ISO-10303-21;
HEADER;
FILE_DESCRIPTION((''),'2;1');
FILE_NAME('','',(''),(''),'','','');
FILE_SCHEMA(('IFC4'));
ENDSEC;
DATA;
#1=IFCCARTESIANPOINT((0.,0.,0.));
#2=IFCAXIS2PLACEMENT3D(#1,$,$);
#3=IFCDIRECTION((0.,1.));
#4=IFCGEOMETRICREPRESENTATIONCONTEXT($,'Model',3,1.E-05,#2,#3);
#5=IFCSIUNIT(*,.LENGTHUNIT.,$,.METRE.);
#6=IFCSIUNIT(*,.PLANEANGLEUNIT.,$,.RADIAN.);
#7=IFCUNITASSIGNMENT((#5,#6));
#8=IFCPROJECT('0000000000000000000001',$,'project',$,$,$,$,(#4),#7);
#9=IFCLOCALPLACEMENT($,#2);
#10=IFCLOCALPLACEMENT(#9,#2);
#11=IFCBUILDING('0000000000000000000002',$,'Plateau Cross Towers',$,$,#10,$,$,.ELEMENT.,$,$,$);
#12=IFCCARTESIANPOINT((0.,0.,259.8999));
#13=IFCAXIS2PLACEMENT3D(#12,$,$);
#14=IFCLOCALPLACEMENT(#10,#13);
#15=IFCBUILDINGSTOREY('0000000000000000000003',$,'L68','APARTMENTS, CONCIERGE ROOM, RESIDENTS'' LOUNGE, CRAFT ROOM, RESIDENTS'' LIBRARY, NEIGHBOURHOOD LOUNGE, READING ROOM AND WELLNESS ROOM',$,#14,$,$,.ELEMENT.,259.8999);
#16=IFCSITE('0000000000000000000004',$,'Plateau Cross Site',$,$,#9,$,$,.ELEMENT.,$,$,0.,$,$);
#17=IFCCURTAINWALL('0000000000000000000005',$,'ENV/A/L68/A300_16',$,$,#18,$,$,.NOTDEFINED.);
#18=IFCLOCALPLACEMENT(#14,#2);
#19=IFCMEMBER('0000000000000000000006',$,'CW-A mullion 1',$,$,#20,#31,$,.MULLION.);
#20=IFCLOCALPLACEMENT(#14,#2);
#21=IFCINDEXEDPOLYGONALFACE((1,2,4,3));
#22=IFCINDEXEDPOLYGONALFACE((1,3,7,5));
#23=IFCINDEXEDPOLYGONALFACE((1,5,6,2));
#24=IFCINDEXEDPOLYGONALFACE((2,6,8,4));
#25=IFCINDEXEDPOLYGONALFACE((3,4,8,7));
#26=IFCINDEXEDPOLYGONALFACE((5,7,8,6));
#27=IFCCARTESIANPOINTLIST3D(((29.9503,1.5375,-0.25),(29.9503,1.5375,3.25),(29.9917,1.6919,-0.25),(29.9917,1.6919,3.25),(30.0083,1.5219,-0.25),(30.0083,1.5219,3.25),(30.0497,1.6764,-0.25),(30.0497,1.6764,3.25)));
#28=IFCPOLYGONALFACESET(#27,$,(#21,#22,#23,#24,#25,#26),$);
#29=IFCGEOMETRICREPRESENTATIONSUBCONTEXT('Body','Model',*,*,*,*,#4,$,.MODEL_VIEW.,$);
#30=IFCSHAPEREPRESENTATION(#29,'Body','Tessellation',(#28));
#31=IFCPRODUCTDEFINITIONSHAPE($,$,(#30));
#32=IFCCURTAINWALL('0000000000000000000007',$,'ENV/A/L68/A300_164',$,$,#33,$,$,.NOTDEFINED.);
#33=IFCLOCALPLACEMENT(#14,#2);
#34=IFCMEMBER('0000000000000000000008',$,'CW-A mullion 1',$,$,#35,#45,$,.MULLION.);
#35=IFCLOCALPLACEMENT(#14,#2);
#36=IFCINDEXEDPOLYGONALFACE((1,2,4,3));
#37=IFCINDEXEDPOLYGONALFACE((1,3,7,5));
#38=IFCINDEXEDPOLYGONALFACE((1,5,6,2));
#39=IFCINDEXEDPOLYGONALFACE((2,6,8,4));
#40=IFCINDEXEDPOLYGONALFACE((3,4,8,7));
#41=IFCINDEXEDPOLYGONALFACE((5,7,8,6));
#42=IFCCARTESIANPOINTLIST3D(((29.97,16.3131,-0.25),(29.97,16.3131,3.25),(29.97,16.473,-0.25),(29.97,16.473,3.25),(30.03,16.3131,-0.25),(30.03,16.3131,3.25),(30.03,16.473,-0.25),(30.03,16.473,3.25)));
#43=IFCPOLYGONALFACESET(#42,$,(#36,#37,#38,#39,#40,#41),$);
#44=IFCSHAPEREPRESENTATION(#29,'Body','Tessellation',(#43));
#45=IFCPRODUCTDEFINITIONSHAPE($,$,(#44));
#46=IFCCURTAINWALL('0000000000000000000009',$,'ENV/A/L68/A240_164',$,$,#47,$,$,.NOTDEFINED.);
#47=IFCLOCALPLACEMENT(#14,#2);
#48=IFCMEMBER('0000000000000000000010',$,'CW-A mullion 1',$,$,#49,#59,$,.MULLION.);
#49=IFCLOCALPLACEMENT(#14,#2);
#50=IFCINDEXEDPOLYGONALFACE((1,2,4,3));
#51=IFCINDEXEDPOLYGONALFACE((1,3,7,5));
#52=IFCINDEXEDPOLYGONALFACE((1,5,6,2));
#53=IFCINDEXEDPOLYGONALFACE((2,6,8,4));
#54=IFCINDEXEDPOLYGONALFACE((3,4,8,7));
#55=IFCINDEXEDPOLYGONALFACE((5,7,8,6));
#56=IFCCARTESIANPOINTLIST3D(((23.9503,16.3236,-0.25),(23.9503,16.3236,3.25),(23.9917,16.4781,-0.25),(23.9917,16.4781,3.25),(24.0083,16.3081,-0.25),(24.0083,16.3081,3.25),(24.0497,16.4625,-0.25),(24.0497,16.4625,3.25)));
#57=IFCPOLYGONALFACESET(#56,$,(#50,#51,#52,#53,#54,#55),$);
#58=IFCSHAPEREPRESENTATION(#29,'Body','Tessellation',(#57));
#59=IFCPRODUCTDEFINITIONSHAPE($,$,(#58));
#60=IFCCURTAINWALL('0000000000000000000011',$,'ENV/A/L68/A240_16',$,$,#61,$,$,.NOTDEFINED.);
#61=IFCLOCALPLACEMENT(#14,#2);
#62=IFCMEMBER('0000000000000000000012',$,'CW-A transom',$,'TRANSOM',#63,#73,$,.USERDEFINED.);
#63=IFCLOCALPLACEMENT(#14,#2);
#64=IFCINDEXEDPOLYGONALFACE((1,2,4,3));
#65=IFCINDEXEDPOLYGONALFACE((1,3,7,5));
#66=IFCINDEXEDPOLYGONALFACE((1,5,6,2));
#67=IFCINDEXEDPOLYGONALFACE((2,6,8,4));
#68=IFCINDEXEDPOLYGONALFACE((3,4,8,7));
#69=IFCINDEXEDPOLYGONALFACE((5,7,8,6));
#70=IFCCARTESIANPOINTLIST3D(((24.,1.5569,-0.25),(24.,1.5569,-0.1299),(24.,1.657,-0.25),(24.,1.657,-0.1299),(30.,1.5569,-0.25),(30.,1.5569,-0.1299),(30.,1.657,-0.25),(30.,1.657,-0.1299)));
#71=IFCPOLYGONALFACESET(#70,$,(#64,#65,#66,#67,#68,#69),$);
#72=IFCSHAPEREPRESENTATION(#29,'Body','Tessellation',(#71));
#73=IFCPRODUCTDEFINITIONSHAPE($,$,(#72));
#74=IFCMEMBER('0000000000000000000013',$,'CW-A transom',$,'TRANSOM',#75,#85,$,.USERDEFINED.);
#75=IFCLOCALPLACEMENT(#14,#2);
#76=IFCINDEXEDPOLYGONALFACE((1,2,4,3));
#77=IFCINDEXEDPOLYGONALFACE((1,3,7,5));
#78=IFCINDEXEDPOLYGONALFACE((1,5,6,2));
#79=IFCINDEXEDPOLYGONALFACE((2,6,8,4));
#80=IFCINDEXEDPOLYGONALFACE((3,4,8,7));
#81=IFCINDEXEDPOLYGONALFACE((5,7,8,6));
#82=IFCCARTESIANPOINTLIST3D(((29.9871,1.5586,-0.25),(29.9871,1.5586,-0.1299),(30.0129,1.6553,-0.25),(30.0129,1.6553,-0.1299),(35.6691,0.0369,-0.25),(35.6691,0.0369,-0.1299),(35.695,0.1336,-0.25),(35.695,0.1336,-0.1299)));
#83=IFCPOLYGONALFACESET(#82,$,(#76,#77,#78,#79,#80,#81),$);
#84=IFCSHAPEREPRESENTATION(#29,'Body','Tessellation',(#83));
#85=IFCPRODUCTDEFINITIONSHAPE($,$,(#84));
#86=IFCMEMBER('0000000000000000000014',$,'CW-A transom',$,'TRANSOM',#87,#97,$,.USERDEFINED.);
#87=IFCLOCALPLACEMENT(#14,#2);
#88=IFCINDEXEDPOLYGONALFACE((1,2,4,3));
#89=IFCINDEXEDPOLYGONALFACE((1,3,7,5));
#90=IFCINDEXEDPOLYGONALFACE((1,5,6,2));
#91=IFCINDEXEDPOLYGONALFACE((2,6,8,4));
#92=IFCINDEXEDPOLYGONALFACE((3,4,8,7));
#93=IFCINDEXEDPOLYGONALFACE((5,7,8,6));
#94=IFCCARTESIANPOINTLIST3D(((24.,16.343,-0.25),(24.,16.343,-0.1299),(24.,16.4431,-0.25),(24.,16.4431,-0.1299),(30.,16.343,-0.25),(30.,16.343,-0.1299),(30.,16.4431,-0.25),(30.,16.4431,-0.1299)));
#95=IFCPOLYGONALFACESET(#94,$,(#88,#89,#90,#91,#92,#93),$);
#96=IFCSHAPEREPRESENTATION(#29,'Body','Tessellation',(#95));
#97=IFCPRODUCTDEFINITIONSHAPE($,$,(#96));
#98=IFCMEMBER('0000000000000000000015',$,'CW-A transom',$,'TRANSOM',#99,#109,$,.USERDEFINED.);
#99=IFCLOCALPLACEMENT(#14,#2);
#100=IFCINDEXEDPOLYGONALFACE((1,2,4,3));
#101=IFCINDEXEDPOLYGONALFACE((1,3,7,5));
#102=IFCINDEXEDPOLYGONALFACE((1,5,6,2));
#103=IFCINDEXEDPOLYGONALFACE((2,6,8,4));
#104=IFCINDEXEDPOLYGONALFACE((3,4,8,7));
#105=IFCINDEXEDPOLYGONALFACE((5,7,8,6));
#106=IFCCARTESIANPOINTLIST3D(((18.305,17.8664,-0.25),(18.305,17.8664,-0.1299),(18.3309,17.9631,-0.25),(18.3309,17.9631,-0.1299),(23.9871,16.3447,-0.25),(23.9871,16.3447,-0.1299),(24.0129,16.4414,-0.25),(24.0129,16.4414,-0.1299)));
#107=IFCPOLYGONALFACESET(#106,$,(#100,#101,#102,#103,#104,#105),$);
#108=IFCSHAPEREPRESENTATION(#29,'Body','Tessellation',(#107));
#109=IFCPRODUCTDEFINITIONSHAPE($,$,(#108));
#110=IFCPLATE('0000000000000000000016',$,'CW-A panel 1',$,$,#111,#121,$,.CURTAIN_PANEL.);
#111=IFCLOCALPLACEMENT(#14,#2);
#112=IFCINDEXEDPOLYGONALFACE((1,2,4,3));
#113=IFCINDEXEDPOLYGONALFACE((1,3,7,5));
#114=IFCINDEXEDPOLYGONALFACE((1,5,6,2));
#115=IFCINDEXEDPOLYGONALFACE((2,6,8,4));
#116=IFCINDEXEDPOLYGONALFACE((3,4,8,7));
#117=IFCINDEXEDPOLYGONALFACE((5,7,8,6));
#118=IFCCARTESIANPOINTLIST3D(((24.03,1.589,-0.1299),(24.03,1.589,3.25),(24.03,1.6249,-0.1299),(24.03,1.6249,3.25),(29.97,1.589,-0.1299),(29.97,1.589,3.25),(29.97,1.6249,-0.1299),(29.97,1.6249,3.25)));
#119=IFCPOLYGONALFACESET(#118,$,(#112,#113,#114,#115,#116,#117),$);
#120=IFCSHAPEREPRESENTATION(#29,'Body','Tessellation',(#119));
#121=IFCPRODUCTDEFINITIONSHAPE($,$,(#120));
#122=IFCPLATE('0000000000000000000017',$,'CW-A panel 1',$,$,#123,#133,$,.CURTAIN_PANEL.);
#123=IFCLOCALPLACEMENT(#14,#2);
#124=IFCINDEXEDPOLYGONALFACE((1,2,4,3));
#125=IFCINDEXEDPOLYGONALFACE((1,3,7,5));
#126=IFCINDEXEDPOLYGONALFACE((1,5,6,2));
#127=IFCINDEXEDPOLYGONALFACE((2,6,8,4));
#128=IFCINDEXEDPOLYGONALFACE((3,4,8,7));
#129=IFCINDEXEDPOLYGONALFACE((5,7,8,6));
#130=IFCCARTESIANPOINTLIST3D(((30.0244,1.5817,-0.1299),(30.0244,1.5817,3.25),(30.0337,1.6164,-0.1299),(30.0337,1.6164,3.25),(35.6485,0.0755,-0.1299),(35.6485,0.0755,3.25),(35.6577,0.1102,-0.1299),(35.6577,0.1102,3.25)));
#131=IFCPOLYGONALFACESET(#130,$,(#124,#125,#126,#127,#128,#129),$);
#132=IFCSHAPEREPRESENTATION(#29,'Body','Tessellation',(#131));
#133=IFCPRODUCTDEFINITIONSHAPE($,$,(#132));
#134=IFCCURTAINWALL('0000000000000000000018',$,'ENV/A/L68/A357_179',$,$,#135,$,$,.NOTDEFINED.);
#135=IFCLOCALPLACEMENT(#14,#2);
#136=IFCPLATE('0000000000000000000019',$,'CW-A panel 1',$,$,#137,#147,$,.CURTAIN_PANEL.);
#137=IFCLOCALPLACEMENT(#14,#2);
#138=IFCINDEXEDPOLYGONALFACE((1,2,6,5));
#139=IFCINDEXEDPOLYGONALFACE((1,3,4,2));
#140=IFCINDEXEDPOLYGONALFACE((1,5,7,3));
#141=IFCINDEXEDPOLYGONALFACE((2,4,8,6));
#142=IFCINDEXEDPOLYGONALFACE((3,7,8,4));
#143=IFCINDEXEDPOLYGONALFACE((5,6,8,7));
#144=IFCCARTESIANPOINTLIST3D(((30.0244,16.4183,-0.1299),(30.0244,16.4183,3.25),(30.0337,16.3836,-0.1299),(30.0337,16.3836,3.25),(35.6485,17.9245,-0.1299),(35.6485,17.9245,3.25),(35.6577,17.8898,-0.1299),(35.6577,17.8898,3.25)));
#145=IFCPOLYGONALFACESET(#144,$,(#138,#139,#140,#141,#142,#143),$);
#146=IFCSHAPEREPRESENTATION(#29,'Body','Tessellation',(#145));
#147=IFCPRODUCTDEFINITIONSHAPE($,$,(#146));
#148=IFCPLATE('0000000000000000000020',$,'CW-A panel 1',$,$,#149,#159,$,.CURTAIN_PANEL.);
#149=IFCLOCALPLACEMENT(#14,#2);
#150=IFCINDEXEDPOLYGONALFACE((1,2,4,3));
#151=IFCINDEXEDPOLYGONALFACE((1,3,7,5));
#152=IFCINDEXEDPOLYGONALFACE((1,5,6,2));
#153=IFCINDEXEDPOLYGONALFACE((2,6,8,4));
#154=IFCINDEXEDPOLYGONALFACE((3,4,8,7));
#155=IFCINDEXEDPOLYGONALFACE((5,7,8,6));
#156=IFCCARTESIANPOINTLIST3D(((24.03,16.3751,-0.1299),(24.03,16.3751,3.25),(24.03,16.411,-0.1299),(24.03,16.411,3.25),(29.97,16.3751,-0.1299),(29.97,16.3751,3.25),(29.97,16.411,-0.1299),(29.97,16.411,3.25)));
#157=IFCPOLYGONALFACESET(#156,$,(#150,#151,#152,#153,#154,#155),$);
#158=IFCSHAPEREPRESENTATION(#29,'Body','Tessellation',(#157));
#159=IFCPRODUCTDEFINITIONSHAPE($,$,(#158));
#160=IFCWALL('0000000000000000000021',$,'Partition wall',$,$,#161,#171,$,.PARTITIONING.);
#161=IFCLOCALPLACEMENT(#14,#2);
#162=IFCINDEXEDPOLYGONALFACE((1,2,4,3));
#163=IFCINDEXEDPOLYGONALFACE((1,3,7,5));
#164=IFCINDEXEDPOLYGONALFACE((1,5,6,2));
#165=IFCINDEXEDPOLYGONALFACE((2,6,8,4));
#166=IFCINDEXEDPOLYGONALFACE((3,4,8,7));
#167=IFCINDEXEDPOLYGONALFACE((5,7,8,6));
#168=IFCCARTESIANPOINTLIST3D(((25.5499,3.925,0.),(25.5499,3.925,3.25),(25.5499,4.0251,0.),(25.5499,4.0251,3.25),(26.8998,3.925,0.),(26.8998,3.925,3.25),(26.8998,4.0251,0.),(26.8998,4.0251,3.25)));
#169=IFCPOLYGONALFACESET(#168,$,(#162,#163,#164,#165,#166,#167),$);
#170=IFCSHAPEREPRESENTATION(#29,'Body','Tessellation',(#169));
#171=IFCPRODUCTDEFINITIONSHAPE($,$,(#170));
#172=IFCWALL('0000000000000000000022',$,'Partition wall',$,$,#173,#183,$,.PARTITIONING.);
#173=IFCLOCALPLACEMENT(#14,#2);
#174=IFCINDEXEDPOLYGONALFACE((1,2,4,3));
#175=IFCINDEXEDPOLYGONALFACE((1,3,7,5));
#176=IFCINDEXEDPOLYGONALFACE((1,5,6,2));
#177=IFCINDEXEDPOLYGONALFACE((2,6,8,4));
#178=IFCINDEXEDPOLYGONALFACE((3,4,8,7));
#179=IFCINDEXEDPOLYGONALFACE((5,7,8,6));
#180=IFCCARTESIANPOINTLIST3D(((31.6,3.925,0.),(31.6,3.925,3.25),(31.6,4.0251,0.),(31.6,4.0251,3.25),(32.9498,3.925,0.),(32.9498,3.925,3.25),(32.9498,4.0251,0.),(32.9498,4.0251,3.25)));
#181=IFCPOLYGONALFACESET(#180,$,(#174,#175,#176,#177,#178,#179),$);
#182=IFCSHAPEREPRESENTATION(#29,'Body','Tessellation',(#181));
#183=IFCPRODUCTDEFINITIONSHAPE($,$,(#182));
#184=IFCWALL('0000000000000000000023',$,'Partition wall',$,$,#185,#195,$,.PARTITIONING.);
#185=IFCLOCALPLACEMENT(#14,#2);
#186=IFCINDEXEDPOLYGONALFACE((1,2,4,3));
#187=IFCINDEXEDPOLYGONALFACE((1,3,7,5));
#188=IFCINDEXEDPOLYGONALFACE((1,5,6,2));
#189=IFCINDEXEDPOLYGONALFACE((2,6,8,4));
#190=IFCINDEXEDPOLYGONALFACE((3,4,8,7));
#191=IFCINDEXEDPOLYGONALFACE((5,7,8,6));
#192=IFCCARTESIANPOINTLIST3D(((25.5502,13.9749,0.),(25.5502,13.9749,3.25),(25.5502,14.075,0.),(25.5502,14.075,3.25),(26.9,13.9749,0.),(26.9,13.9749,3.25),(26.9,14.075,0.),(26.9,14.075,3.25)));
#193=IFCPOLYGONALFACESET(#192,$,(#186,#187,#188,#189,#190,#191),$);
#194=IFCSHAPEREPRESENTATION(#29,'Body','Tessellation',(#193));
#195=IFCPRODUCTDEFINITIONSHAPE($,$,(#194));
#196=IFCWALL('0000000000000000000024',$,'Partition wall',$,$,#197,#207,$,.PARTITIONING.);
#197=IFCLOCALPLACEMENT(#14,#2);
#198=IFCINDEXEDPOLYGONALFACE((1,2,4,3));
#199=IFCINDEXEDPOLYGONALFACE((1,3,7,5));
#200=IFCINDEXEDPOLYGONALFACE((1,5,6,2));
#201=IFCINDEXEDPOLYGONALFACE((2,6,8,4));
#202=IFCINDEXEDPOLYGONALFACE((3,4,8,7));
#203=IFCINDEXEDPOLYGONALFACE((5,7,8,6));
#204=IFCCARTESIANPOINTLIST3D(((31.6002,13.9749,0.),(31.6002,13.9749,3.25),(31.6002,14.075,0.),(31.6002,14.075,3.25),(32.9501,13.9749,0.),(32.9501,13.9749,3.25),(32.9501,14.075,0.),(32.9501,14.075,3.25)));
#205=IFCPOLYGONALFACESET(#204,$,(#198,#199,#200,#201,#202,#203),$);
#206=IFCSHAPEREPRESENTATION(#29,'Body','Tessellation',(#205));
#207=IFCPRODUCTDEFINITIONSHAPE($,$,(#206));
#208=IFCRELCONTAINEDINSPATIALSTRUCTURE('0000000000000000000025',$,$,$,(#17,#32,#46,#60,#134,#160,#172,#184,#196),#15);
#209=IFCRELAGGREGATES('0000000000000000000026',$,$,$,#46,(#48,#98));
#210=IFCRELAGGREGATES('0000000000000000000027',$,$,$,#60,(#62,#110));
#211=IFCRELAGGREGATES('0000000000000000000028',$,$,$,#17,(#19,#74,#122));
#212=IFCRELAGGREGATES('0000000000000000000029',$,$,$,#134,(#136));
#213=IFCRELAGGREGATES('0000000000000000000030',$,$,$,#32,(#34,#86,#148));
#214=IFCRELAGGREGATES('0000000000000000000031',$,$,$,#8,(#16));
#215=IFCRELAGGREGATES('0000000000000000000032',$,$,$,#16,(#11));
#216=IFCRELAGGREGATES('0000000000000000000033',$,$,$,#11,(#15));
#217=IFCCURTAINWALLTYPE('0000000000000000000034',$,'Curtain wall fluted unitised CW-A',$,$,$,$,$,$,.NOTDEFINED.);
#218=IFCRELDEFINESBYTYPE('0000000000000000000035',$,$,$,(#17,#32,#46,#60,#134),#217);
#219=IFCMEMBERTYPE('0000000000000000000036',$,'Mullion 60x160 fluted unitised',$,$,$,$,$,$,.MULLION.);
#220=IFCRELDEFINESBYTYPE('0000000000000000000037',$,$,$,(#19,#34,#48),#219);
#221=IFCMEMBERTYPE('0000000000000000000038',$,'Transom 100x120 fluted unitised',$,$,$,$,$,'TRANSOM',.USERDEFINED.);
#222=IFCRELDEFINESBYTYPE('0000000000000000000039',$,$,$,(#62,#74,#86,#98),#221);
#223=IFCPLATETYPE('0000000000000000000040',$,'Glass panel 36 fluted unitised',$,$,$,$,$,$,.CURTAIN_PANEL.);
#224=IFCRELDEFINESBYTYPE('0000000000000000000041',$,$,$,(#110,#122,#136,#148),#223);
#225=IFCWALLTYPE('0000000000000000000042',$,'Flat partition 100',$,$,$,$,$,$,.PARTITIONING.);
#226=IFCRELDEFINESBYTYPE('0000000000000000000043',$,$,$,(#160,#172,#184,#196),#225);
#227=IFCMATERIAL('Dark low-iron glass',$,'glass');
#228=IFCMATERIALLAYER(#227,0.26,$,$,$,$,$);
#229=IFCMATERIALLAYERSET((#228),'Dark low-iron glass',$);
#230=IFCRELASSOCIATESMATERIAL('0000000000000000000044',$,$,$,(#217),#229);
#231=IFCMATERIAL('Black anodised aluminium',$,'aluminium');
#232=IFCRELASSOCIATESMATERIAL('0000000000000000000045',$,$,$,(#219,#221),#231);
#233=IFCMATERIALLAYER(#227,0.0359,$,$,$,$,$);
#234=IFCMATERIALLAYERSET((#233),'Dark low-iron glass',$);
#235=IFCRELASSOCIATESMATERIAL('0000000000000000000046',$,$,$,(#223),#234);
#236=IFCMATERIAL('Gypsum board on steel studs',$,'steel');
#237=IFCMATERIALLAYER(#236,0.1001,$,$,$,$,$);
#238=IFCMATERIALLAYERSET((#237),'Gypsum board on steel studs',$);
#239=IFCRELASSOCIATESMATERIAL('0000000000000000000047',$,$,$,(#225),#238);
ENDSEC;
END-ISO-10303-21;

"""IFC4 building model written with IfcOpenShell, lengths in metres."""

from ifc_helpers import new_model, si_unit, direction, frame, frame_2d, origin, origin_2d, place, context, subcontext, project, spatial, rectangle, extrude, material, layer, layer_set, material_profile, profile_set, type_object, element, aggregate, save


model = new_model("IFC4")

# Units and contexts
model_context = context("Model", 3, precision=1e-05, world=origin(), true_north=direction((0.0, 1.0)))
body_context = subcontext(model_context, "Body", "Model", "MODEL_VIEW")
ifc_project = project(units=[si_unit("LENGTHUNIT", "METRE"), si_unit("PLANEANGLEUNIT", "RADIAN")], contexts=[model_context])

# Site, building, storey
site_placement = place(None, origin())
site = spatial("IfcSite", under=ifc_project, at=site_placement, Name="Plateau Cross Site", CompositionType="ELEMENT", RefElevation=0.0)
building_placement = place(site_placement, origin())
building = spatial("IfcBuilding", under=site, at=building_placement, Name="Plateau Cross Towers", CompositionType="ELEMENT")
storey_placement = place(building_placement, frame((0.0, 0.0, 259.8999)))
storey = spatial("IfcBuildingStorey", under=building, at=storey_placement, Name="L68", Description="APARTMENTS, CONCIERGE ROOM, RESIDENTS' LOUNGE, CRAFT ROOM, RESIDENTS' LIBRARY, NEIGHBOURHOOD LOUNGE, READING ROOM AND WELLNESS ROOM", CompositionType="ELEMENT", Elevation=259.8999)

# Curtain walls, members
ifc_material_1 = material(Name="Dark low-iron glass", Category="glass")
ifc_layer_1 = layer(ifc_material_1, 0.26)
ifc_layer_set_1 = layer_set([ifc_layer_1], Name="Dark low-iron glass")
curtain_wall_type = type_object("IfcCurtainWallType", Name="Curtain wall fluted unitised CW-A", PredefinedType="NOTDEFINED", material=ifc_layer_set_1)
curtain_wall_1_placement = place(storey_placement, origin())
curtain_wall_1 = element("IfcCurtainWall", 1, at=curtain_wall_1_placement, inside=storey, type_object=curtain_wall_type, Name="ENV/A/L68/A300_16", PredefinedType="NOTDEFINED")
ifc_material_2 = material(Name="Black anodised aluminium", Category="aluminium")
ifc_material_profile_1 = material_profile(ifc_material_2, rectangle(XDim=0.0601, YDim=0.1599, at=origin_2d()), Name="MULLION 60x160")
ifc_profile_set_1 = profile_set([ifc_material_profile_1], Name="Black anodised aluminium")
member_type_1 = type_object("IfcMemberType", Name="Mullion 60x160 fluted unitised", PredefinedType="MULLION", material=ifc_profile_set_1)
member_1_placement = place(storey_placement, frame((30.0, 1.6069, -0.25), z_axis=(0.0, 0.0, 1.0), x_axis=(0.965958, -0.258699, 0.0)))
member_1 = element("IfcMember", 2, at=member_1_placement, type_object=member_type_1, Name="CW-A mullion 1", PredefinedType="MULLION", context=body_context, shape_type="SweptSolid", body=[
    extrude(rectangle(XDim=0.0601, YDim=0.1599, at=origin_2d()), origin(), (0.0, 0.0, 1.0), 3.5),
])
curtain_wall_2_placement = place(storey_placement, origin())
curtain_wall_2 = element("IfcCurtainWall", 3, at=curtain_wall_2_placement, inside=storey, type_object=curtain_wall_type, Name="ENV/A/L68/A300_164", PredefinedType="NOTDEFINED")
member_2_placement = place(storey_placement, frame((30.0, 16.3931, -0.25), z_axis=(0.0, 0.0, 1.0), x_axis=(-1.0, 0.0, 0.0)))
member_2 = element("IfcMember", 4, at=member_2_placement, type_object=member_type_1, Name="CW-A mullion 1", PredefinedType="MULLION", context=body_context, shape_type="SweptSolid", body=[
    extrude(rectangle(XDim=0.0601, YDim=0.1599, at=origin_2d()), origin(), (0.0, 0.0, 1.0), 3.5),
])
curtain_wall_3_placement = place(storey_placement, origin())
curtain_wall_3 = element("IfcCurtainWall", 5, at=curtain_wall_3_placement, inside=storey, type_object=curtain_wall_type, Name="ENV/A/L68/A240_164", PredefinedType="NOTDEFINED")
member_3_placement = place(storey_placement, frame((24.0, 16.3931, -0.25), z_axis=(0.0, 0.0, 1.0), x_axis=(-0.965958, 0.258699, 0.0)))
member_3 = element("IfcMember", 6, at=member_3_placement, type_object=member_type_1, Name="CW-A mullion 1", PredefinedType="MULLION", context=body_context, shape_type="SweptSolid", body=[
    extrude(rectangle(XDim=0.0601, YDim=0.1599, at=origin_2d()), origin(), (0.0, 0.0, 1.0), 3.5),
])
curtain_wall_4_placement = place(storey_placement, origin())
curtain_wall_4 = element("IfcCurtainWall", 7, at=curtain_wall_4_placement, inside=storey, type_object=curtain_wall_type, Name="ENV/A/L68/A240_16", PredefinedType="NOTDEFINED")
ifc_material_profile_2 = material_profile(ifc_material_2, rectangle(XDim=0.1001, YDim=0.1201, at=origin_2d()), Name="TRANSOM 100x120")
ifc_profile_set_2 = profile_set([ifc_material_profile_2], Name="Black anodised aluminium")
member_type_2 = type_object("IfcMemberType", Name="Transom 100x120 fluted unitised", ElementType="TRANSOM", PredefinedType="USERDEFINED", material=ifc_profile_set_2)
member_4_placement = place(storey_placement, frame((24.0, 1.6069, -0.1899), z_axis=(1.0, 0.0, 0.0), x_axis=(0.0, 1.0, 0.0)))
member_4 = element("IfcMember", 8, at=member_4_placement, type_object=member_type_2, Name="CW-A transom", ObjectType="TRANSOM", PredefinedType="USERDEFINED", context=body_context, shape_type="SweptSolid", body=[
    extrude(rectangle(XDim=0.1001, YDim=0.1201, at=origin_2d()), origin(), (0.0, 0.0, 1.0), 6.0),
])

# Members
member_5_placement = place(storey_placement, frame((30.0, 1.6069, -0.1899), z_axis=(0.96596, -0.258693, 0.0), x_axis=(0.258693, 0.96596, 0.0)))
member_5 = element("IfcMember", 9, at=member_5_placement, type_object=member_type_2, Name="CW-A transom", ObjectType="TRANSOM", PredefinedType="USERDEFINED", context=body_context, shape_type="SweptSolid", body=[
    extrude(rectangle(XDim=0.1001, YDim=0.1201, at=origin_2d()), origin(), (0.0, 0.0, 1.0), 5.8823),
])
member_6_placement = place(storey_placement, frame((30.0, 16.3931, -0.1899), z_axis=(-1.0, 0.0, 0.0), x_axis=(0.0, -1.0, 0.0)))
member_6 = element("IfcMember", 10, at=member_6_placement, type_object=member_type_2, Name="CW-A transom", ObjectType="TRANSOM", PredefinedType="USERDEFINED", context=body_context, shape_type="SweptSolid", body=[
    extrude(rectangle(XDim=0.1001, YDim=0.1201, at=origin_2d()), origin(), (0.0, 0.0, 1.0), 6.0),
])
member_7_placement = place(storey_placement, frame((24.0, 16.3931, -0.1899), z_axis=(-0.96596, 0.258693, 0.0), x_axis=(-0.258693, -0.96596, 0.0)))
member_7 = element("IfcMember", 11, at=member_7_placement, type_object=member_type_2, Name="CW-A transom", ObjectType="TRANSOM", PredefinedType="USERDEFINED", context=body_context, shape_type="SweptSolid", body=[
    extrude(rectangle(XDim=0.1001, YDim=0.1201, at=origin_2d()), origin(), (0.0, 0.0, 1.0), 5.8823),
])
aggregate(curtain_wall_3, [member_3, member_7])

# Plates
ifc_layer_2 = layer(ifc_material_1, 0.0359)
ifc_layer_set_2 = layer_set([ifc_layer_2], Name="Dark low-iron glass")
plate_type = type_object("IfcPlateType", Name="Glass panel 36 fluted unitised", PredefinedType="CURTAIN_PANEL", material=ifc_layer_set_2)
plate_1_placement = place(storey_placement, frame((27.0, 1.6069, -0.1299), z_axis=(0.0, 0.0, 1.0), x_axis=(1.0, 0.0, 0.0)))
plate_1 = element("IfcPlate", 12, at=plate_1_placement, type_object=plate_type, Name="CW-A panel 1", PredefinedType="CURTAIN_PANEL", context=body_context, shape_type="SweptSolid", body=[
    extrude(rectangle(XDim=5.9399, YDim=0.0359, at=origin_2d()), origin(), (0.0, 0.0, 1.0), 3.3799),
])
aggregate(curtain_wall_4, [member_4, plate_1])
plate_2_placement = place(storey_placement, frame((32.8411, 0.8459, -0.1299), z_axis=(0.0, 0.0, 1.0), x_axis=(0.965958, -0.258699, 0.0)))
plate_2 = element("IfcPlate", 13, at=plate_2_placement, type_object=plate_type, Name="CW-A panel 1", PredefinedType="CURTAIN_PANEL", context=body_context, shape_type="SweptSolid", body=[
    extrude(rectangle(XDim=5.8223, YDim=0.0359, at=origin_2d()), origin(), (0.0, 0.0, 1.0), 3.3799),
])
aggregate(curtain_wall_1, [member_1, member_5, plate_2])

# Curtain wall, plate
curtain_wall_5_placement = place(storey_placement, origin())
curtain_wall_5 = element("IfcCurtainWall", 14, at=curtain_wall_5_placement, inside=storey, type_object=curtain_wall_type, Name="ENV/A/L68/A357_179", PredefinedType="NOTDEFINED")
plate_3_placement = place(storey_placement, frame((32.8411, 17.1541, -0.1299), z_axis=(0.0, 0.0, 1.0), x_axis=(-0.965958, -0.258699, 0.0)))
plate_3 = element("IfcPlate", 15, at=plate_3_placement, type_object=plate_type, Name="CW-A panel 1", PredefinedType="CURTAIN_PANEL", context=body_context, shape_type="SweptSolid", body=[
    extrude(rectangle(XDim=5.8223, YDim=0.0359, at=origin_2d()), origin(), (0.0, 0.0, 1.0), 3.3799),
])
aggregate(curtain_wall_5, [plate_3])

# Plate
plate_4_placement = place(storey_placement, frame((27.0, 16.3931, -0.1299), z_axis=(0.0, 0.0, 1.0), x_axis=(-1.0, 0.0, 0.0)))
plate_4 = element("IfcPlate", 16, at=plate_4_placement, type_object=plate_type, Name="CW-A panel 1", PredefinedType="CURTAIN_PANEL", context=body_context, shape_type="SweptSolid", body=[
    extrude(rectangle(XDim=5.9399, YDim=0.0359, at=origin_2d()), origin(), (0.0, 0.0, 1.0), 3.3799),
])
aggregate(curtain_wall_2, [member_2, member_6, plate_4])

# Walls
ifc_material_3 = material(Name="Gypsum board on steel studs", Category="steel")
ifc_layer_3 = layer(ifc_material_3, 0.1001)
ifc_layer_set_3 = layer_set([ifc_layer_3], Name="Gypsum board on steel studs")
wall_type_1 = type_object("IfcWallType", Name="Flat partition 100", PredefinedType="PARTITIONING", material=ifc_layer_set_3)
for number, where, z_axis, x_axis, name in (
    (17, (25.55, 3.9751, 0.0), (0.0, 0.0, 1.0), (1.0, 0.0, 0.0), "Partition wall"),
    (18, (31.6001, 3.9751, 0.0), (0.0, 0.0, 1.0), (1.0, 0.0, 0.0), "Partition wall"),
    (19, (26.8999, 14.0249, 0.0), (0.0, 0.0, 1.0), (-1.0, 0.0, 0.0), "Partition wall"),
    (20, (32.95, 14.0249, 0.0), (0.0, 0.0, 1.0), (-1.0, 0.0, 0.0), "Partition wall"),
):
    element("IfcWall", number, at=place(storey_placement, frame(where, z_axis=z_axis, x_axis=x_axis)), inside=storey, type_object=wall_type_1, Name=name, PredefinedType="PARTITIONING", context=body_context, shape_type="SweptSolid", body=[
        extrude(rectangle(XDim=1.3499, YDim=0.1001, at=frame_2d((0.6748, 0.0))), origin(), (0.0, 0.0, 1.0), 3.25),
    ])

save(model, "model.ifc")
